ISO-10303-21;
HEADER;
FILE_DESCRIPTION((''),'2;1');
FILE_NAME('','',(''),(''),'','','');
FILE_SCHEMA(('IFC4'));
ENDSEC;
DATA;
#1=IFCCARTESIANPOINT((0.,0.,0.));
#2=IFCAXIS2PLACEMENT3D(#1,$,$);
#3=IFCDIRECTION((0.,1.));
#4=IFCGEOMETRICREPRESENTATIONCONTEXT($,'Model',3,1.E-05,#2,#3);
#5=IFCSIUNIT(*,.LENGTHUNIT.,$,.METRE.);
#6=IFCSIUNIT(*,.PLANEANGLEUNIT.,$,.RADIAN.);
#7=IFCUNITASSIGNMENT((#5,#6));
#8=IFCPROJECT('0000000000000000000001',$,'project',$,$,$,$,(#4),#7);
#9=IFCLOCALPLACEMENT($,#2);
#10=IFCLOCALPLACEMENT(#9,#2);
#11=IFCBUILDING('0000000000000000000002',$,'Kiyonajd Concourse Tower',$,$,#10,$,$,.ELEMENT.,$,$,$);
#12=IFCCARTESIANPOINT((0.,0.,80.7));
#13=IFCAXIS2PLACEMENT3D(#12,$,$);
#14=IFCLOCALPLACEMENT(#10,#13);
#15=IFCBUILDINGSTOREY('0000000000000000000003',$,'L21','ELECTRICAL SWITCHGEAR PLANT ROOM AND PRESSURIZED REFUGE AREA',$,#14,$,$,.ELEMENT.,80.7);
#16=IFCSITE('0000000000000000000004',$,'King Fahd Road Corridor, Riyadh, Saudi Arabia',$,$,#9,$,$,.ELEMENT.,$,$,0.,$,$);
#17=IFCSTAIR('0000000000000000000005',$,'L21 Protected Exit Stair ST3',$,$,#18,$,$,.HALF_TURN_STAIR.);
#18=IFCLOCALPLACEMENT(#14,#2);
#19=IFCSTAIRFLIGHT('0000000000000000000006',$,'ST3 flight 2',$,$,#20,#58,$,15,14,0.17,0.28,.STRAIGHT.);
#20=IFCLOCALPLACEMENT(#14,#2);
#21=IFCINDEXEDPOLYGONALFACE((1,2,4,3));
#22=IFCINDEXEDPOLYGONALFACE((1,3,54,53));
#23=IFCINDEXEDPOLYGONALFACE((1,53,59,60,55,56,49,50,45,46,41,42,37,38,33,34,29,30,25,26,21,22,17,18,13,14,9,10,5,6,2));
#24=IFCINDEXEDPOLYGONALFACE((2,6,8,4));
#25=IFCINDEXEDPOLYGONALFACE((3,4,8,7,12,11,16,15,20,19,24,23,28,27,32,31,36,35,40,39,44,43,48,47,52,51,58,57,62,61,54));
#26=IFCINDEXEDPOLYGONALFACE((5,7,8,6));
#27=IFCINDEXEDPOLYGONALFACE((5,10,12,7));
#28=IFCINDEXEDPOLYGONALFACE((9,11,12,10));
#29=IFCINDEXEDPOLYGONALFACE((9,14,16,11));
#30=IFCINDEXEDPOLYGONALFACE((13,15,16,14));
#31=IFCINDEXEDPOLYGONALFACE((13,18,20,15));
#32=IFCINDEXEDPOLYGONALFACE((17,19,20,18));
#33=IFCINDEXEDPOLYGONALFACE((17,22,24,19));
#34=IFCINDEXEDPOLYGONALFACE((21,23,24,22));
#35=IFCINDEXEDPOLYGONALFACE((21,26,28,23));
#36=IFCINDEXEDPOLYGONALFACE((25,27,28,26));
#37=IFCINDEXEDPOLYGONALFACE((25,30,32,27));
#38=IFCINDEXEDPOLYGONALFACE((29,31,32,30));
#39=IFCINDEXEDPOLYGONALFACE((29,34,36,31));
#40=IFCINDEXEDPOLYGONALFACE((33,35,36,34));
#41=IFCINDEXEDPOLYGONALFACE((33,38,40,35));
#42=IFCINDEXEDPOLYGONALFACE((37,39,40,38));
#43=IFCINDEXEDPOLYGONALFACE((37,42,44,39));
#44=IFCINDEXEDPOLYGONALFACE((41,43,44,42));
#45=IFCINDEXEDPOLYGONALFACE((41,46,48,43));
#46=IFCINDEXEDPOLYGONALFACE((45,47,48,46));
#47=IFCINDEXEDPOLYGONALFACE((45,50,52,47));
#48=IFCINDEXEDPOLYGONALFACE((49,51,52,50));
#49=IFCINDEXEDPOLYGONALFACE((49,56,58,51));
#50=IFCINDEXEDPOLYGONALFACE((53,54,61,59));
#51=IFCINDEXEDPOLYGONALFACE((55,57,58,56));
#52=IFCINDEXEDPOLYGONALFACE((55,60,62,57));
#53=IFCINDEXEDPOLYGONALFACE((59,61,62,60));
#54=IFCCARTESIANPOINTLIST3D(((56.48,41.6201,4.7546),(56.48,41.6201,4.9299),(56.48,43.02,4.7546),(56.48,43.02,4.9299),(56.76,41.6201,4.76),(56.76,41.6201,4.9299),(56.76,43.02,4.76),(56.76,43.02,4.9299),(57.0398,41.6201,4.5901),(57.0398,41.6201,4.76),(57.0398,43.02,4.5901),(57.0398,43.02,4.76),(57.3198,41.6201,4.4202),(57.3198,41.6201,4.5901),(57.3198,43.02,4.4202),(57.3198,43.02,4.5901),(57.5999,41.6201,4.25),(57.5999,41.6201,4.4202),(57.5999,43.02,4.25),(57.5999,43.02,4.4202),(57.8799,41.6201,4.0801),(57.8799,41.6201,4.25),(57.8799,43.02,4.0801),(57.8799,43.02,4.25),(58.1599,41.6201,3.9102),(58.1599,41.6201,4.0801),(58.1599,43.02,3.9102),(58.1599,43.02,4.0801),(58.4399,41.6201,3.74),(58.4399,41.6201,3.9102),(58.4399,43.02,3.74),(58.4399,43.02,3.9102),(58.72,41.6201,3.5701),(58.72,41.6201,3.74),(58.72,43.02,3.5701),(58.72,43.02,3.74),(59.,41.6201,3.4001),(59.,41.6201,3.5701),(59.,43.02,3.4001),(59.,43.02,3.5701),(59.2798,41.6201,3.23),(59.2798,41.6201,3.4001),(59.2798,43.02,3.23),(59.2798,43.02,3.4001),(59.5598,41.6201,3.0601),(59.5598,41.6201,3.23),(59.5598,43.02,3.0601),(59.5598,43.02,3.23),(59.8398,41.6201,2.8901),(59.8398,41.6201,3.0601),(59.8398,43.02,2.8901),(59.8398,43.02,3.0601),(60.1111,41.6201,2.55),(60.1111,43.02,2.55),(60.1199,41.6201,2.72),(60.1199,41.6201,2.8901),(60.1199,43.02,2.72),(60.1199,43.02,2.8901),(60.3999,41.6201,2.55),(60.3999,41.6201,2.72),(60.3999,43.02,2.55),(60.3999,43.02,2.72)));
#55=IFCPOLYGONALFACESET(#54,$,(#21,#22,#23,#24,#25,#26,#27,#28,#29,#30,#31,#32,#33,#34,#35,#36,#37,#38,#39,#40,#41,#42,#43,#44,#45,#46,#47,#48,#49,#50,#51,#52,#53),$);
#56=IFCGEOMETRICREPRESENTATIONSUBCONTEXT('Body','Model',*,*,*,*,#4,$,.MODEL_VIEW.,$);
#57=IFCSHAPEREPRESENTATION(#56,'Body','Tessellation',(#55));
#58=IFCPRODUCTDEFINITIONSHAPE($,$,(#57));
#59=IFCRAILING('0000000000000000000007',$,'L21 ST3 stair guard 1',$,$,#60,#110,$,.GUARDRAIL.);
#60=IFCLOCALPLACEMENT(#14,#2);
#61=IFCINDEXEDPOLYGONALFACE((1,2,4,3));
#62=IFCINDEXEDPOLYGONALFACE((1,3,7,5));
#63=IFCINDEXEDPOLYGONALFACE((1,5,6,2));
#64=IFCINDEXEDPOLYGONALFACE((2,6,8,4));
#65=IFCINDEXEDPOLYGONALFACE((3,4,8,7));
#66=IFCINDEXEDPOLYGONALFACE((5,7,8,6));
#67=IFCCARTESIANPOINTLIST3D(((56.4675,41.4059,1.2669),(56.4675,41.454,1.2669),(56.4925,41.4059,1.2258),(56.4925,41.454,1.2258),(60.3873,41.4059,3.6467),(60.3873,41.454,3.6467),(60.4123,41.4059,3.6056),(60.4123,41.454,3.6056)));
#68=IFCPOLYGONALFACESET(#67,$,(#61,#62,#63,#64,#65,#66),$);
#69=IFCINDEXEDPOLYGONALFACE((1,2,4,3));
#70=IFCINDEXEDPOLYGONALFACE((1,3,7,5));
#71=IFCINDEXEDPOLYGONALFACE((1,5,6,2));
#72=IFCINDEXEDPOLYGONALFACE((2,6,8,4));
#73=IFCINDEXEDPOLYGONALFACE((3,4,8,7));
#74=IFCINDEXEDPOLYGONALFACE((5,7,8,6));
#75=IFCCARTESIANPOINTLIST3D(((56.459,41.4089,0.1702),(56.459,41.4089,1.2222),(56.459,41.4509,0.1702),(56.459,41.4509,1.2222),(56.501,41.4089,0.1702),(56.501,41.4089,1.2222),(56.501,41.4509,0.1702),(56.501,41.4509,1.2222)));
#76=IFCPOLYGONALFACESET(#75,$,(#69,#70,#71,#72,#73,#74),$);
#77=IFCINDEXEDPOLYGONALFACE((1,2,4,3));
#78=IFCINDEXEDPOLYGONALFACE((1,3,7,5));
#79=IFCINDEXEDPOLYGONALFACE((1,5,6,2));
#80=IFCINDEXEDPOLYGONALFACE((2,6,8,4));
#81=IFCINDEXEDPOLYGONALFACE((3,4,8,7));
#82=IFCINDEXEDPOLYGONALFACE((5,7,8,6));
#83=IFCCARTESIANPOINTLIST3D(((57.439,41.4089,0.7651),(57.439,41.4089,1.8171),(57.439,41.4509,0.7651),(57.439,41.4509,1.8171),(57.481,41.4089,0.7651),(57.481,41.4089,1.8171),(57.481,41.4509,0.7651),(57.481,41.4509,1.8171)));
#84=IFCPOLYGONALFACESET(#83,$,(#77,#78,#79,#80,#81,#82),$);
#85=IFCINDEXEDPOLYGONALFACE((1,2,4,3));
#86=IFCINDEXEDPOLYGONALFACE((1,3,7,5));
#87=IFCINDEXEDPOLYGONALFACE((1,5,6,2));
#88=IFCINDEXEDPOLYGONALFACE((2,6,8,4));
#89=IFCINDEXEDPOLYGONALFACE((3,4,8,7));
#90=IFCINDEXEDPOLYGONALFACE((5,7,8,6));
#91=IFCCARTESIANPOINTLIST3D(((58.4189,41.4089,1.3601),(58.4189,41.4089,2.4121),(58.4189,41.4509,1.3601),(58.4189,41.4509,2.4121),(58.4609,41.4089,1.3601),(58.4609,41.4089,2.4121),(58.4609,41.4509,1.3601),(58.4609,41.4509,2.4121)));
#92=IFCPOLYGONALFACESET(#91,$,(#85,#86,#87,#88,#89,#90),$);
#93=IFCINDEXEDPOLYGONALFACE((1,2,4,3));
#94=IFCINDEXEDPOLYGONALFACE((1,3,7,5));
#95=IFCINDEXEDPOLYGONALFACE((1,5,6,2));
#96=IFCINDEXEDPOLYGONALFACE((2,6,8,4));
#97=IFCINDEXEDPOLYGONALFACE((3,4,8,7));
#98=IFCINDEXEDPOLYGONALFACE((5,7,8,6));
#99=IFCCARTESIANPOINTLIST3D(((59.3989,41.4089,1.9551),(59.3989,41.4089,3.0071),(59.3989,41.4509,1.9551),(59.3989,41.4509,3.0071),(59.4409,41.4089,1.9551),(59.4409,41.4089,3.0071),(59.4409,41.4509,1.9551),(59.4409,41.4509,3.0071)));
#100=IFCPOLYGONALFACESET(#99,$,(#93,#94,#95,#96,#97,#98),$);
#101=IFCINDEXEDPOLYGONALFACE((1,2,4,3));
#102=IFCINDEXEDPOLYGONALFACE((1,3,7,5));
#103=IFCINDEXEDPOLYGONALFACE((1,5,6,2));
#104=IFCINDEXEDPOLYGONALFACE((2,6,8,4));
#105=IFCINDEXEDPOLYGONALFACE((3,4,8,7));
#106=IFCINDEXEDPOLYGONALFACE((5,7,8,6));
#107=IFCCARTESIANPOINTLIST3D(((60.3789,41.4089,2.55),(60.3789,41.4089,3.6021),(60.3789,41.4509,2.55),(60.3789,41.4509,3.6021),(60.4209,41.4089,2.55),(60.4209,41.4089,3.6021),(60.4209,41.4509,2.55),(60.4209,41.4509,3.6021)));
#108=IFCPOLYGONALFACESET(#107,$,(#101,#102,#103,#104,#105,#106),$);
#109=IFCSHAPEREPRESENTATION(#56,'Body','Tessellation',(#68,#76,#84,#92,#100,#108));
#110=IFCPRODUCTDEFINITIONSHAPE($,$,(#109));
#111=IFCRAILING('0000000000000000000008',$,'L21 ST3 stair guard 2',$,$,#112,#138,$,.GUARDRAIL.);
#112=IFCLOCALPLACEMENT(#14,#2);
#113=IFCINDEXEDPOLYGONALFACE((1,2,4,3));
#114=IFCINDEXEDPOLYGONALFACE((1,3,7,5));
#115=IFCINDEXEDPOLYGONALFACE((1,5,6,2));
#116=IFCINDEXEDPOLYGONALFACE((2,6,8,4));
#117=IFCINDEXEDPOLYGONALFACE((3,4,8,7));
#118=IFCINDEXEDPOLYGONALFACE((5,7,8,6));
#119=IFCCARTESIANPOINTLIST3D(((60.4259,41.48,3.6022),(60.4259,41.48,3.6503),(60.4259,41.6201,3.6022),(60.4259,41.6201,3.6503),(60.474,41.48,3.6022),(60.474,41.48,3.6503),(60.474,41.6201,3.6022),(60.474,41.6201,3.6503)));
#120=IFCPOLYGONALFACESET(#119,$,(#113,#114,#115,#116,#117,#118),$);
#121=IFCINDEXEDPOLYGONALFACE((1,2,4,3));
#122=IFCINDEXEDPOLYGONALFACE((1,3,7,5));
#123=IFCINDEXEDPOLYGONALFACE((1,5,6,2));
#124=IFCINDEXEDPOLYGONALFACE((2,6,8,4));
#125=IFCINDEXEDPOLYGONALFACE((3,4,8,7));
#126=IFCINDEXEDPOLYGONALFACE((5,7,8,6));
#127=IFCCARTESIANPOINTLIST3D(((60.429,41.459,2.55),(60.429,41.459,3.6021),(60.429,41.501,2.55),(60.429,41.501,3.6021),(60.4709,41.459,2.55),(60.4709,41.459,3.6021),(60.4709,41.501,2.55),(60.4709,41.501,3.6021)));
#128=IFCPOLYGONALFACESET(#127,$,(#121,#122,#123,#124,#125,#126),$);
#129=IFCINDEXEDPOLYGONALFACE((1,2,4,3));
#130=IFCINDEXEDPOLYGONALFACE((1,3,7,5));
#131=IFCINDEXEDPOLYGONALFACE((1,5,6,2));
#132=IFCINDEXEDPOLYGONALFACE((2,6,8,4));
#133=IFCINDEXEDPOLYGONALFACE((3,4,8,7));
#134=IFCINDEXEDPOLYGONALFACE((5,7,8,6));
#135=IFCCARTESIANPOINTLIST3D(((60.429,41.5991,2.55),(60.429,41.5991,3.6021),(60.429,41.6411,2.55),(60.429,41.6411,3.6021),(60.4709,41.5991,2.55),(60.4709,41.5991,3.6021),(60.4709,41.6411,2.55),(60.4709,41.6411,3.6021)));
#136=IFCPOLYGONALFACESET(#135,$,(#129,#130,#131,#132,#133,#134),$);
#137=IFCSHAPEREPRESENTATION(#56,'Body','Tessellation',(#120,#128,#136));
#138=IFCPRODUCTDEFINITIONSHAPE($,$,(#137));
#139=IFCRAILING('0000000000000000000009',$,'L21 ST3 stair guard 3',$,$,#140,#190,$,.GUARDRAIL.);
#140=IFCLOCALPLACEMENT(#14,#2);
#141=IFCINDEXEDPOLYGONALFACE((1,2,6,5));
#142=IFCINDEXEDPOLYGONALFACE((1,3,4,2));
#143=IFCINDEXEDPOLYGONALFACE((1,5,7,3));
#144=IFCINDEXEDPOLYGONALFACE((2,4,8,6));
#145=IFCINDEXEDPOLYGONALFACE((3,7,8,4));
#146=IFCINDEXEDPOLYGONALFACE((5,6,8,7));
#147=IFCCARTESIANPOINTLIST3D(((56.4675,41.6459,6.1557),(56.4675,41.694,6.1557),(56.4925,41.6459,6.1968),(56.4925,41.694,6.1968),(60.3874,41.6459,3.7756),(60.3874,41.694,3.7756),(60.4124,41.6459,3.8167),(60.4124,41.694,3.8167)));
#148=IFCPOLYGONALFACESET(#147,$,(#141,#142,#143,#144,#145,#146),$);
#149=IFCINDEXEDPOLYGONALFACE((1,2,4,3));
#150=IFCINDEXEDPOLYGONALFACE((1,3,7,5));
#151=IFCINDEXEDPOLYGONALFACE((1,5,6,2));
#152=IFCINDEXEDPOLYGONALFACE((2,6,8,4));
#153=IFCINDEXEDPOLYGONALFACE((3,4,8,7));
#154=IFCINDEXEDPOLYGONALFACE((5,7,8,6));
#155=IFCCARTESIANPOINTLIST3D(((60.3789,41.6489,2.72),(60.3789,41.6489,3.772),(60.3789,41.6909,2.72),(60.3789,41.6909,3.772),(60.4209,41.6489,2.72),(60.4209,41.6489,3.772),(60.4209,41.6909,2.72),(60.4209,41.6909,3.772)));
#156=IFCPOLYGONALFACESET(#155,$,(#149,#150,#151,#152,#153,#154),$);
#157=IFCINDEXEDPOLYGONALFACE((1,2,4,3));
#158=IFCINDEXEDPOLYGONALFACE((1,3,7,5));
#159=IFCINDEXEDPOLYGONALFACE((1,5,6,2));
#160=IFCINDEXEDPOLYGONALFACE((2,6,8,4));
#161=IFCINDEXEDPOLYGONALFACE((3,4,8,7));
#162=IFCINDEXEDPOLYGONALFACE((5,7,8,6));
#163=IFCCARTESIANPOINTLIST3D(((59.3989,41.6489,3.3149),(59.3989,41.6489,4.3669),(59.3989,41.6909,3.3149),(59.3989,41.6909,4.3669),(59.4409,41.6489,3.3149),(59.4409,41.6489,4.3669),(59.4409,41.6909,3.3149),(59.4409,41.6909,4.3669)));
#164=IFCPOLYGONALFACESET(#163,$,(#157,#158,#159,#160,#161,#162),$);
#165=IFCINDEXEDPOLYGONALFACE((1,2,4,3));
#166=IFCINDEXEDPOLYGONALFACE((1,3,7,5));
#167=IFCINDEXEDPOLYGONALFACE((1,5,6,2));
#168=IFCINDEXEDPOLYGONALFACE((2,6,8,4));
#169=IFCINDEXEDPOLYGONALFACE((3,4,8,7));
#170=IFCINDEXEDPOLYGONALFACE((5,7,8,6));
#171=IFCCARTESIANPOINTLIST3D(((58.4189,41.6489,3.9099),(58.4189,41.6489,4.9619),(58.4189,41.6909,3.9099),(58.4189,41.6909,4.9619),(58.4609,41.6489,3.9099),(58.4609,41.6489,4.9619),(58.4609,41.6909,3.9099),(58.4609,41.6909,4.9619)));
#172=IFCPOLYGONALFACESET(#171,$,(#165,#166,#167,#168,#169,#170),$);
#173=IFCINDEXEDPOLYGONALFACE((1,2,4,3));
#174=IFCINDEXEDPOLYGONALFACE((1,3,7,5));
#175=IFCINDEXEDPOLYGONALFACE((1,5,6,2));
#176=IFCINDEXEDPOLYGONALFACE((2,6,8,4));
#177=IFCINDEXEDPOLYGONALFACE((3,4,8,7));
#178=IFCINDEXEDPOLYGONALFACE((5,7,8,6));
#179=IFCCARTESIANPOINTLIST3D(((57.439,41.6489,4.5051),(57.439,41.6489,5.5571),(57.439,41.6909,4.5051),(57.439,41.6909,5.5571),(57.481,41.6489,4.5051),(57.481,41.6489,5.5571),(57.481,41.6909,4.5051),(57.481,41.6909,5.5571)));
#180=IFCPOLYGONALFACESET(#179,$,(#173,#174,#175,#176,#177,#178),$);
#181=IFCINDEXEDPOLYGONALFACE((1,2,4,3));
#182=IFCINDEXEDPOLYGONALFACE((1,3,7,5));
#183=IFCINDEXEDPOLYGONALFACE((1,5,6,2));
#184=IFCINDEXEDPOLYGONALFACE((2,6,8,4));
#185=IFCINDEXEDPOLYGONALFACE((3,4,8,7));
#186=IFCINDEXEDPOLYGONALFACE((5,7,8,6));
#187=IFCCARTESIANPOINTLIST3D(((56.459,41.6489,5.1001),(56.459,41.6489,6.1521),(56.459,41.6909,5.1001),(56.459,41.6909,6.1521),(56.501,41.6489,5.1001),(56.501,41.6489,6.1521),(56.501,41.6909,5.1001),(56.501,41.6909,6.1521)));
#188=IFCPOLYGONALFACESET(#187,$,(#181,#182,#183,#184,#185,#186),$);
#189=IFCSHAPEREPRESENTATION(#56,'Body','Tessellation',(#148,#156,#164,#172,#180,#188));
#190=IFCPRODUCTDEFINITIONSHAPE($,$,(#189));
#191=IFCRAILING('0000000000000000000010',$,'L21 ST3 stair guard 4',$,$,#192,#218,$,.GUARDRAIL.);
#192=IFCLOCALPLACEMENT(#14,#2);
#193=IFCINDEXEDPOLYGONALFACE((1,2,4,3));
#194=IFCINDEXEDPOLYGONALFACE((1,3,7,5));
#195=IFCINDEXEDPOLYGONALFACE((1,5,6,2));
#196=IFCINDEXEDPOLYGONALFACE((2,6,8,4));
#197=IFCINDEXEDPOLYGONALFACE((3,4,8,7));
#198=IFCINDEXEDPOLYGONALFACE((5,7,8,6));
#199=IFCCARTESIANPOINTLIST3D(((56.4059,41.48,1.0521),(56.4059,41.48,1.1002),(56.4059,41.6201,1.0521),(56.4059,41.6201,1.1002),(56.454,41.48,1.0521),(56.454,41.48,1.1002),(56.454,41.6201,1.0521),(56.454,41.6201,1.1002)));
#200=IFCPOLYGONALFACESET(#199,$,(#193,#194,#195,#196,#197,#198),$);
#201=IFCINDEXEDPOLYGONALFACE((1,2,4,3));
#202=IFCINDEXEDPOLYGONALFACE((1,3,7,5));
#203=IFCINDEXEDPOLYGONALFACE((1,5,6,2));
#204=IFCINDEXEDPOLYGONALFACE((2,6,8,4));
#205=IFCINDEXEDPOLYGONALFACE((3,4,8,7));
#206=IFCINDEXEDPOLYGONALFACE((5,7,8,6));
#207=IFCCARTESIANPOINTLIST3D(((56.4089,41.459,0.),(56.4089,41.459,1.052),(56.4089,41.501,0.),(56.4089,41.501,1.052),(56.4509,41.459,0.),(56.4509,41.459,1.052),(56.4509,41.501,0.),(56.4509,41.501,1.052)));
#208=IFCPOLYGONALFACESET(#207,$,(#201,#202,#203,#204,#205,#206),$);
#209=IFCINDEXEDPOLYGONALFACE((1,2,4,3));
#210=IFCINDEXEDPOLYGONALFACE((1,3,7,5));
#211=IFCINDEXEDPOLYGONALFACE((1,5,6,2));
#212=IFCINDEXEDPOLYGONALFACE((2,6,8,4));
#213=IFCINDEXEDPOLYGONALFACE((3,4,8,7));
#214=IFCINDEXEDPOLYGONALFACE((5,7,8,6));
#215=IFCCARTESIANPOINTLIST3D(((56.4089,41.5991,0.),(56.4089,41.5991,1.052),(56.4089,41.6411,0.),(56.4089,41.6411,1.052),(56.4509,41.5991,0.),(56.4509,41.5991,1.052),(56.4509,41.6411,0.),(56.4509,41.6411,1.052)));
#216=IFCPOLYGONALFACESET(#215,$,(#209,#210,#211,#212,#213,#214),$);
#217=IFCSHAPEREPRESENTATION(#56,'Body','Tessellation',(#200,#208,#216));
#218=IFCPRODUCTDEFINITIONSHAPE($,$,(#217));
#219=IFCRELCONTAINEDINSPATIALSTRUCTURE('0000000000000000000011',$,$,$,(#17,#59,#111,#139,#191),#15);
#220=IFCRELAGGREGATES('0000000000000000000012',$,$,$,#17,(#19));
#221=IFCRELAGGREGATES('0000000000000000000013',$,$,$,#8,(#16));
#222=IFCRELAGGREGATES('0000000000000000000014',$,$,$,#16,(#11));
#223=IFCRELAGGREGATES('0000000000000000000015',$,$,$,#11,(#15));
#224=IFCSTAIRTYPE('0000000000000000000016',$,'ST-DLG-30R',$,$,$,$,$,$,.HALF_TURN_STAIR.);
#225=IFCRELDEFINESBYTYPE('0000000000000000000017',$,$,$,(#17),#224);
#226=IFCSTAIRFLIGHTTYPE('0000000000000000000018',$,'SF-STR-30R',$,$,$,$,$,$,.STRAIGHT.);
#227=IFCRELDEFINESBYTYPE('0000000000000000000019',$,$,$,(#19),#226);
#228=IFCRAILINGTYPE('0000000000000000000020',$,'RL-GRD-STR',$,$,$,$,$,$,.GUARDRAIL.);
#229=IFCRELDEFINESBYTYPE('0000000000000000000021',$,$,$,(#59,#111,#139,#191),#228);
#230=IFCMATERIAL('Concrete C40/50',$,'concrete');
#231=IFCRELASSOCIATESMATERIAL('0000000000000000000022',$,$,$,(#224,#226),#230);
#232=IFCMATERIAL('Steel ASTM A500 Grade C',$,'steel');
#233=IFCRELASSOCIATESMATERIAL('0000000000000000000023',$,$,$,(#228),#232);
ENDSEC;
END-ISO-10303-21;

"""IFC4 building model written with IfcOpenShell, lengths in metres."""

from ifc_helpers import new_model, si_unit, direction, frame, origin, origin_2d, place, context, subcontext, project, spatial, polyline, rectangle, outline, extrude, material, type_object, element, aggregate, save


model = new_model("IFC4")

# Units and contexts
model_context = context("Model", 3, precision=1e-05, world=origin(), true_north=direction((0.0, 1.0)))
body_context = subcontext(model_context, "Body", "Model", "MODEL_VIEW")
ifc_project = project(units=[si_unit("LENGTHUNIT", "METRE"), si_unit("PLANEANGLEUNIT", "RADIAN")], contexts=[model_context])

# Site, building, storey
site_placement = place(None, origin())
site = spatial("IfcSite", under=ifc_project, at=site_placement, Name="King Fahd Road Corridor, Riyadh, Saudi Arabia", CompositionType="ELEMENT", RefElevation=0.0)
building_placement = place(site_placement, origin())
building = spatial("IfcBuilding", under=site, at=building_placement, Name="Kiyonajd Concourse Tower", CompositionType="ELEMENT")
storey_placement = place(building_placement, frame((0.0, 0.0, 80.7)))
storey = spatial("IfcBuildingStorey", under=building, at=storey_placement, Name="L21", Description="ELECTRICAL SWITCHGEAR PLANT ROOM AND PRESSURIZED REFUGE AREA", CompositionType="ELEMENT", Elevation=80.7)

# Stair, stair flight
ifc_material_1 = material(Name="Concrete C40/50", Category="concrete")
stair_type = type_object("IfcStairType", Name="ST-DLG-30R", PredefinedType="HALF_TURN_STAIR", material=ifc_material_1)
stair_placement = place(storey_placement, origin())
stair = element("IfcStair", 1, at=stair_placement, inside=storey, type_object=stair_type, Name="L21 Protected Exit Stair ST3", PredefinedType="HALF_TURN_STAIR")
stair_flight_type = type_object("IfcStairFlightType", Name="SF-STR-30R", PredefinedType="STRAIGHT", material=ifc_material_1)
stair_flight_1_placement = place(storey_placement, frame((60.3999, 42.3201, 2.55), z_axis=(0.0, 0.0, 1.0), x_axis=(-1.0, 0.0, 0.0)))
stair_flight_1 = element("IfcStairFlight", 2, at=stair_flight_1_placement, type_object=stair_flight_type, Name="ST3 flight 2", NumberOfRisers=15, NumberOfTreads=14, PredefinedType="STRAIGHT", RiserHeight=0.17, TreadLength=0.28, context=body_context, shape_type="SweptSolid", body=[
    extrude(outline(polyline([(0.0, 0.0), (0.0, 0.1699), (0.28, 0.1699), (0.28, 0.3401), (0.5601, 0.3401), (0.5601, 0.51), (0.8401, 0.51), (0.8401, 0.6799), (1.1201, 0.6799), (1.1201, 0.8501), (1.3999, 0.8501), (1.3999, 1.02), (1.6799, 1.02), (1.6799, 1.1899), (1.96, 1.1899), (1.96, 1.3601), (2.24, 1.3601), (2.24, 1.53), (2.52, 1.53), (2.52, 1.7), (2.8, 1.7), (2.8, 1.8701), (3.0801, 1.8701), (3.0801, 2.04), (3.3601, 2.04), (3.3601, 2.21), (3.6399, 2.21), (3.6399, 2.3799), (3.9199, 2.3799), (3.9199, 2.55), (3.9199, 2.2046), (0.2888, 0.0), (0.0, 0.0)])), frame((0.0, 0.7, 0.0), z_axis=(0.0, -1.0, 0.0), x_axis=(1.0, 0.0, 0.0)), (0.0, 0.0, 1.0), 1.3999),
])
aggregate(stair, [stair_flight_1])

# Railings
ifc_material_2 = material(Name="Steel ASTM A500 Grade C", Category="steel")
railing_type_1 = type_object("IfcRailingType", Name="RL-GRD-STR", PredefinedType="GUARDRAIL", material=ifc_material_2)
railing_1_placement = place(storey_placement, frame((56.48, 41.4299, 0.1702)))
element("IfcRailing", 3, at=railing_1_placement, inside=storey, type_object=railing_type_1, Name="L21 ST3 stair guard 1", PredefinedType="GUARDRAIL", context=body_context, shape_type="SweptSolid", body=[
    extrude(rectangle(XDim=0.0481, YDim=0.0481, at=origin_2d()), frame((0.0, 0.0, 1.0762), z_axis=(0.854794, 0.0, 0.518967), x_axis=(0.0, 1.0, 0.0)), (0.0, 0.0, 1.0), 4.5857),
    extrude(rectangle(XDim=0.042, YDim=0.042, at=origin_2d()), origin(), (0.0, 0.0, 1.0), 1.052),
    extrude(rectangle(XDim=0.042, YDim=0.042, at=origin_2d()), frame((0.98, 0.0, 0.595)), (0.0, 0.0, 1.0), 1.052),
    extrude(rectangle(XDim=0.042, YDim=0.042, at=origin_2d()), frame((1.96, 0.0, 1.1899)), (0.0, 0.0, 1.0), 1.052),
    extrude(rectangle(XDim=0.042, YDim=0.042, at=origin_2d()), frame((2.9399, 0.0, 1.7849)), (0.0, 0.0, 1.0), 1.052),
    extrude(rectangle(XDim=0.042, YDim=0.042, at=origin_2d()), frame((3.9199, 0.0, 2.3799)), (0.0, 0.0, 1.0), 1.052),
])
railing_2_placement = place(storey_placement, frame((60.45, 41.48, 2.55)))
element("IfcRailing", 4, at=railing_2_placement, inside=storey, type_object=railing_type_1, Name="L21 ST3 stair guard 2", PredefinedType="GUARDRAIL", context=body_context, shape_type="SweptSolid", body=[
    extrude(rectangle(XDim=0.0481, YDim=0.0481, at=origin_2d()), frame((0.0, 0.0, 1.0762), z_axis=(0.0, 1.0, 0.0), x_axis=(-1.0, 0.0, 0.0)), (0.0, 0.0, 1.0), 0.1401),
    extrude(rectangle(XDim=0.042, YDim=0.042, at=origin_2d()), origin(), (0.0, 0.0, 1.0), 1.052),
    extrude(rectangle(XDim=0.042, YDim=0.042, at=origin_2d()), frame((0.0, 0.1401, 0.0)), (0.0, 0.0, 1.0), 1.052),
])
railing_3_placement = place(storey_placement, frame((60.3999, 41.6699, 2.72)))
element("IfcRailing", 5, at=railing_3_placement, inside=storey, type_object=railing_type_1, Name="L21 ST3 stair guard 3", PredefinedType="GUARDRAIL", context=body_context, shape_type="SweptSolid", body=[
    extrude(rectangle(XDim=0.0481, YDim=0.0481, at=origin_2d()), frame((0.0, 0.0, 1.0762), z_axis=(-0.854771, 0.0, 0.519006), x_axis=(0.0, -1.0, 0.0)), (0.0, 0.0, 1.0), 4.5859),
    extrude(rectangle(XDim=0.042, YDim=0.042, at=origin_2d()), origin(), (0.0, 0.0, 1.0), 1.052),
    extrude(rectangle(XDim=0.042, YDim=0.042, at=origin_2d()), frame((-0.98, 0.0, 0.595)), (0.0, 0.0, 1.0), 1.052),
    extrude(rectangle(XDim=0.042, YDim=0.042, at=origin_2d()), frame((-1.96, 0.0, 1.1899)), (0.0, 0.0, 1.0), 1.052),
    extrude(rectangle(XDim=0.042, YDim=0.042, at=origin_2d()), frame((-2.9399, 0.0, 1.7852)), (0.0, 0.0, 1.0), 1.052),
    extrude(rectangle(XDim=0.042, YDim=0.042, at=origin_2d()), frame((-3.9199, 0.0, 2.3801)), (0.0, 0.0, 1.0), 1.052),
])
railing_4_placement = place(storey_placement, frame((56.4299, 41.48, 0.0)))
element("IfcRailing", 6, at=railing_4_placement, inside=storey, type_object=railing_type_1, Name="L21 ST3 stair guard 4", PredefinedType="GUARDRAIL", context=body_context, shape_type="SweptSolid", body=[
    extrude(rectangle(XDim=0.0481, YDim=0.0481, at=origin_2d()), frame((0.0, 0.0, 1.0762), z_axis=(0.0, 1.0, 0.0), x_axis=(-1.0, 0.0, 0.0)), (0.0, 0.0, 1.0), 0.1401),
    extrude(rectangle(XDim=0.042, YDim=0.042, at=origin_2d()), origin(), (0.0, 0.0, 1.0), 1.052),
    extrude(rectangle(XDim=0.042, YDim=0.042, at=origin_2d()), frame((0.0, 0.1401, 0.0)), (0.0, 0.0, 1.0), 1.052),
])

save(model, "model.ifc")
